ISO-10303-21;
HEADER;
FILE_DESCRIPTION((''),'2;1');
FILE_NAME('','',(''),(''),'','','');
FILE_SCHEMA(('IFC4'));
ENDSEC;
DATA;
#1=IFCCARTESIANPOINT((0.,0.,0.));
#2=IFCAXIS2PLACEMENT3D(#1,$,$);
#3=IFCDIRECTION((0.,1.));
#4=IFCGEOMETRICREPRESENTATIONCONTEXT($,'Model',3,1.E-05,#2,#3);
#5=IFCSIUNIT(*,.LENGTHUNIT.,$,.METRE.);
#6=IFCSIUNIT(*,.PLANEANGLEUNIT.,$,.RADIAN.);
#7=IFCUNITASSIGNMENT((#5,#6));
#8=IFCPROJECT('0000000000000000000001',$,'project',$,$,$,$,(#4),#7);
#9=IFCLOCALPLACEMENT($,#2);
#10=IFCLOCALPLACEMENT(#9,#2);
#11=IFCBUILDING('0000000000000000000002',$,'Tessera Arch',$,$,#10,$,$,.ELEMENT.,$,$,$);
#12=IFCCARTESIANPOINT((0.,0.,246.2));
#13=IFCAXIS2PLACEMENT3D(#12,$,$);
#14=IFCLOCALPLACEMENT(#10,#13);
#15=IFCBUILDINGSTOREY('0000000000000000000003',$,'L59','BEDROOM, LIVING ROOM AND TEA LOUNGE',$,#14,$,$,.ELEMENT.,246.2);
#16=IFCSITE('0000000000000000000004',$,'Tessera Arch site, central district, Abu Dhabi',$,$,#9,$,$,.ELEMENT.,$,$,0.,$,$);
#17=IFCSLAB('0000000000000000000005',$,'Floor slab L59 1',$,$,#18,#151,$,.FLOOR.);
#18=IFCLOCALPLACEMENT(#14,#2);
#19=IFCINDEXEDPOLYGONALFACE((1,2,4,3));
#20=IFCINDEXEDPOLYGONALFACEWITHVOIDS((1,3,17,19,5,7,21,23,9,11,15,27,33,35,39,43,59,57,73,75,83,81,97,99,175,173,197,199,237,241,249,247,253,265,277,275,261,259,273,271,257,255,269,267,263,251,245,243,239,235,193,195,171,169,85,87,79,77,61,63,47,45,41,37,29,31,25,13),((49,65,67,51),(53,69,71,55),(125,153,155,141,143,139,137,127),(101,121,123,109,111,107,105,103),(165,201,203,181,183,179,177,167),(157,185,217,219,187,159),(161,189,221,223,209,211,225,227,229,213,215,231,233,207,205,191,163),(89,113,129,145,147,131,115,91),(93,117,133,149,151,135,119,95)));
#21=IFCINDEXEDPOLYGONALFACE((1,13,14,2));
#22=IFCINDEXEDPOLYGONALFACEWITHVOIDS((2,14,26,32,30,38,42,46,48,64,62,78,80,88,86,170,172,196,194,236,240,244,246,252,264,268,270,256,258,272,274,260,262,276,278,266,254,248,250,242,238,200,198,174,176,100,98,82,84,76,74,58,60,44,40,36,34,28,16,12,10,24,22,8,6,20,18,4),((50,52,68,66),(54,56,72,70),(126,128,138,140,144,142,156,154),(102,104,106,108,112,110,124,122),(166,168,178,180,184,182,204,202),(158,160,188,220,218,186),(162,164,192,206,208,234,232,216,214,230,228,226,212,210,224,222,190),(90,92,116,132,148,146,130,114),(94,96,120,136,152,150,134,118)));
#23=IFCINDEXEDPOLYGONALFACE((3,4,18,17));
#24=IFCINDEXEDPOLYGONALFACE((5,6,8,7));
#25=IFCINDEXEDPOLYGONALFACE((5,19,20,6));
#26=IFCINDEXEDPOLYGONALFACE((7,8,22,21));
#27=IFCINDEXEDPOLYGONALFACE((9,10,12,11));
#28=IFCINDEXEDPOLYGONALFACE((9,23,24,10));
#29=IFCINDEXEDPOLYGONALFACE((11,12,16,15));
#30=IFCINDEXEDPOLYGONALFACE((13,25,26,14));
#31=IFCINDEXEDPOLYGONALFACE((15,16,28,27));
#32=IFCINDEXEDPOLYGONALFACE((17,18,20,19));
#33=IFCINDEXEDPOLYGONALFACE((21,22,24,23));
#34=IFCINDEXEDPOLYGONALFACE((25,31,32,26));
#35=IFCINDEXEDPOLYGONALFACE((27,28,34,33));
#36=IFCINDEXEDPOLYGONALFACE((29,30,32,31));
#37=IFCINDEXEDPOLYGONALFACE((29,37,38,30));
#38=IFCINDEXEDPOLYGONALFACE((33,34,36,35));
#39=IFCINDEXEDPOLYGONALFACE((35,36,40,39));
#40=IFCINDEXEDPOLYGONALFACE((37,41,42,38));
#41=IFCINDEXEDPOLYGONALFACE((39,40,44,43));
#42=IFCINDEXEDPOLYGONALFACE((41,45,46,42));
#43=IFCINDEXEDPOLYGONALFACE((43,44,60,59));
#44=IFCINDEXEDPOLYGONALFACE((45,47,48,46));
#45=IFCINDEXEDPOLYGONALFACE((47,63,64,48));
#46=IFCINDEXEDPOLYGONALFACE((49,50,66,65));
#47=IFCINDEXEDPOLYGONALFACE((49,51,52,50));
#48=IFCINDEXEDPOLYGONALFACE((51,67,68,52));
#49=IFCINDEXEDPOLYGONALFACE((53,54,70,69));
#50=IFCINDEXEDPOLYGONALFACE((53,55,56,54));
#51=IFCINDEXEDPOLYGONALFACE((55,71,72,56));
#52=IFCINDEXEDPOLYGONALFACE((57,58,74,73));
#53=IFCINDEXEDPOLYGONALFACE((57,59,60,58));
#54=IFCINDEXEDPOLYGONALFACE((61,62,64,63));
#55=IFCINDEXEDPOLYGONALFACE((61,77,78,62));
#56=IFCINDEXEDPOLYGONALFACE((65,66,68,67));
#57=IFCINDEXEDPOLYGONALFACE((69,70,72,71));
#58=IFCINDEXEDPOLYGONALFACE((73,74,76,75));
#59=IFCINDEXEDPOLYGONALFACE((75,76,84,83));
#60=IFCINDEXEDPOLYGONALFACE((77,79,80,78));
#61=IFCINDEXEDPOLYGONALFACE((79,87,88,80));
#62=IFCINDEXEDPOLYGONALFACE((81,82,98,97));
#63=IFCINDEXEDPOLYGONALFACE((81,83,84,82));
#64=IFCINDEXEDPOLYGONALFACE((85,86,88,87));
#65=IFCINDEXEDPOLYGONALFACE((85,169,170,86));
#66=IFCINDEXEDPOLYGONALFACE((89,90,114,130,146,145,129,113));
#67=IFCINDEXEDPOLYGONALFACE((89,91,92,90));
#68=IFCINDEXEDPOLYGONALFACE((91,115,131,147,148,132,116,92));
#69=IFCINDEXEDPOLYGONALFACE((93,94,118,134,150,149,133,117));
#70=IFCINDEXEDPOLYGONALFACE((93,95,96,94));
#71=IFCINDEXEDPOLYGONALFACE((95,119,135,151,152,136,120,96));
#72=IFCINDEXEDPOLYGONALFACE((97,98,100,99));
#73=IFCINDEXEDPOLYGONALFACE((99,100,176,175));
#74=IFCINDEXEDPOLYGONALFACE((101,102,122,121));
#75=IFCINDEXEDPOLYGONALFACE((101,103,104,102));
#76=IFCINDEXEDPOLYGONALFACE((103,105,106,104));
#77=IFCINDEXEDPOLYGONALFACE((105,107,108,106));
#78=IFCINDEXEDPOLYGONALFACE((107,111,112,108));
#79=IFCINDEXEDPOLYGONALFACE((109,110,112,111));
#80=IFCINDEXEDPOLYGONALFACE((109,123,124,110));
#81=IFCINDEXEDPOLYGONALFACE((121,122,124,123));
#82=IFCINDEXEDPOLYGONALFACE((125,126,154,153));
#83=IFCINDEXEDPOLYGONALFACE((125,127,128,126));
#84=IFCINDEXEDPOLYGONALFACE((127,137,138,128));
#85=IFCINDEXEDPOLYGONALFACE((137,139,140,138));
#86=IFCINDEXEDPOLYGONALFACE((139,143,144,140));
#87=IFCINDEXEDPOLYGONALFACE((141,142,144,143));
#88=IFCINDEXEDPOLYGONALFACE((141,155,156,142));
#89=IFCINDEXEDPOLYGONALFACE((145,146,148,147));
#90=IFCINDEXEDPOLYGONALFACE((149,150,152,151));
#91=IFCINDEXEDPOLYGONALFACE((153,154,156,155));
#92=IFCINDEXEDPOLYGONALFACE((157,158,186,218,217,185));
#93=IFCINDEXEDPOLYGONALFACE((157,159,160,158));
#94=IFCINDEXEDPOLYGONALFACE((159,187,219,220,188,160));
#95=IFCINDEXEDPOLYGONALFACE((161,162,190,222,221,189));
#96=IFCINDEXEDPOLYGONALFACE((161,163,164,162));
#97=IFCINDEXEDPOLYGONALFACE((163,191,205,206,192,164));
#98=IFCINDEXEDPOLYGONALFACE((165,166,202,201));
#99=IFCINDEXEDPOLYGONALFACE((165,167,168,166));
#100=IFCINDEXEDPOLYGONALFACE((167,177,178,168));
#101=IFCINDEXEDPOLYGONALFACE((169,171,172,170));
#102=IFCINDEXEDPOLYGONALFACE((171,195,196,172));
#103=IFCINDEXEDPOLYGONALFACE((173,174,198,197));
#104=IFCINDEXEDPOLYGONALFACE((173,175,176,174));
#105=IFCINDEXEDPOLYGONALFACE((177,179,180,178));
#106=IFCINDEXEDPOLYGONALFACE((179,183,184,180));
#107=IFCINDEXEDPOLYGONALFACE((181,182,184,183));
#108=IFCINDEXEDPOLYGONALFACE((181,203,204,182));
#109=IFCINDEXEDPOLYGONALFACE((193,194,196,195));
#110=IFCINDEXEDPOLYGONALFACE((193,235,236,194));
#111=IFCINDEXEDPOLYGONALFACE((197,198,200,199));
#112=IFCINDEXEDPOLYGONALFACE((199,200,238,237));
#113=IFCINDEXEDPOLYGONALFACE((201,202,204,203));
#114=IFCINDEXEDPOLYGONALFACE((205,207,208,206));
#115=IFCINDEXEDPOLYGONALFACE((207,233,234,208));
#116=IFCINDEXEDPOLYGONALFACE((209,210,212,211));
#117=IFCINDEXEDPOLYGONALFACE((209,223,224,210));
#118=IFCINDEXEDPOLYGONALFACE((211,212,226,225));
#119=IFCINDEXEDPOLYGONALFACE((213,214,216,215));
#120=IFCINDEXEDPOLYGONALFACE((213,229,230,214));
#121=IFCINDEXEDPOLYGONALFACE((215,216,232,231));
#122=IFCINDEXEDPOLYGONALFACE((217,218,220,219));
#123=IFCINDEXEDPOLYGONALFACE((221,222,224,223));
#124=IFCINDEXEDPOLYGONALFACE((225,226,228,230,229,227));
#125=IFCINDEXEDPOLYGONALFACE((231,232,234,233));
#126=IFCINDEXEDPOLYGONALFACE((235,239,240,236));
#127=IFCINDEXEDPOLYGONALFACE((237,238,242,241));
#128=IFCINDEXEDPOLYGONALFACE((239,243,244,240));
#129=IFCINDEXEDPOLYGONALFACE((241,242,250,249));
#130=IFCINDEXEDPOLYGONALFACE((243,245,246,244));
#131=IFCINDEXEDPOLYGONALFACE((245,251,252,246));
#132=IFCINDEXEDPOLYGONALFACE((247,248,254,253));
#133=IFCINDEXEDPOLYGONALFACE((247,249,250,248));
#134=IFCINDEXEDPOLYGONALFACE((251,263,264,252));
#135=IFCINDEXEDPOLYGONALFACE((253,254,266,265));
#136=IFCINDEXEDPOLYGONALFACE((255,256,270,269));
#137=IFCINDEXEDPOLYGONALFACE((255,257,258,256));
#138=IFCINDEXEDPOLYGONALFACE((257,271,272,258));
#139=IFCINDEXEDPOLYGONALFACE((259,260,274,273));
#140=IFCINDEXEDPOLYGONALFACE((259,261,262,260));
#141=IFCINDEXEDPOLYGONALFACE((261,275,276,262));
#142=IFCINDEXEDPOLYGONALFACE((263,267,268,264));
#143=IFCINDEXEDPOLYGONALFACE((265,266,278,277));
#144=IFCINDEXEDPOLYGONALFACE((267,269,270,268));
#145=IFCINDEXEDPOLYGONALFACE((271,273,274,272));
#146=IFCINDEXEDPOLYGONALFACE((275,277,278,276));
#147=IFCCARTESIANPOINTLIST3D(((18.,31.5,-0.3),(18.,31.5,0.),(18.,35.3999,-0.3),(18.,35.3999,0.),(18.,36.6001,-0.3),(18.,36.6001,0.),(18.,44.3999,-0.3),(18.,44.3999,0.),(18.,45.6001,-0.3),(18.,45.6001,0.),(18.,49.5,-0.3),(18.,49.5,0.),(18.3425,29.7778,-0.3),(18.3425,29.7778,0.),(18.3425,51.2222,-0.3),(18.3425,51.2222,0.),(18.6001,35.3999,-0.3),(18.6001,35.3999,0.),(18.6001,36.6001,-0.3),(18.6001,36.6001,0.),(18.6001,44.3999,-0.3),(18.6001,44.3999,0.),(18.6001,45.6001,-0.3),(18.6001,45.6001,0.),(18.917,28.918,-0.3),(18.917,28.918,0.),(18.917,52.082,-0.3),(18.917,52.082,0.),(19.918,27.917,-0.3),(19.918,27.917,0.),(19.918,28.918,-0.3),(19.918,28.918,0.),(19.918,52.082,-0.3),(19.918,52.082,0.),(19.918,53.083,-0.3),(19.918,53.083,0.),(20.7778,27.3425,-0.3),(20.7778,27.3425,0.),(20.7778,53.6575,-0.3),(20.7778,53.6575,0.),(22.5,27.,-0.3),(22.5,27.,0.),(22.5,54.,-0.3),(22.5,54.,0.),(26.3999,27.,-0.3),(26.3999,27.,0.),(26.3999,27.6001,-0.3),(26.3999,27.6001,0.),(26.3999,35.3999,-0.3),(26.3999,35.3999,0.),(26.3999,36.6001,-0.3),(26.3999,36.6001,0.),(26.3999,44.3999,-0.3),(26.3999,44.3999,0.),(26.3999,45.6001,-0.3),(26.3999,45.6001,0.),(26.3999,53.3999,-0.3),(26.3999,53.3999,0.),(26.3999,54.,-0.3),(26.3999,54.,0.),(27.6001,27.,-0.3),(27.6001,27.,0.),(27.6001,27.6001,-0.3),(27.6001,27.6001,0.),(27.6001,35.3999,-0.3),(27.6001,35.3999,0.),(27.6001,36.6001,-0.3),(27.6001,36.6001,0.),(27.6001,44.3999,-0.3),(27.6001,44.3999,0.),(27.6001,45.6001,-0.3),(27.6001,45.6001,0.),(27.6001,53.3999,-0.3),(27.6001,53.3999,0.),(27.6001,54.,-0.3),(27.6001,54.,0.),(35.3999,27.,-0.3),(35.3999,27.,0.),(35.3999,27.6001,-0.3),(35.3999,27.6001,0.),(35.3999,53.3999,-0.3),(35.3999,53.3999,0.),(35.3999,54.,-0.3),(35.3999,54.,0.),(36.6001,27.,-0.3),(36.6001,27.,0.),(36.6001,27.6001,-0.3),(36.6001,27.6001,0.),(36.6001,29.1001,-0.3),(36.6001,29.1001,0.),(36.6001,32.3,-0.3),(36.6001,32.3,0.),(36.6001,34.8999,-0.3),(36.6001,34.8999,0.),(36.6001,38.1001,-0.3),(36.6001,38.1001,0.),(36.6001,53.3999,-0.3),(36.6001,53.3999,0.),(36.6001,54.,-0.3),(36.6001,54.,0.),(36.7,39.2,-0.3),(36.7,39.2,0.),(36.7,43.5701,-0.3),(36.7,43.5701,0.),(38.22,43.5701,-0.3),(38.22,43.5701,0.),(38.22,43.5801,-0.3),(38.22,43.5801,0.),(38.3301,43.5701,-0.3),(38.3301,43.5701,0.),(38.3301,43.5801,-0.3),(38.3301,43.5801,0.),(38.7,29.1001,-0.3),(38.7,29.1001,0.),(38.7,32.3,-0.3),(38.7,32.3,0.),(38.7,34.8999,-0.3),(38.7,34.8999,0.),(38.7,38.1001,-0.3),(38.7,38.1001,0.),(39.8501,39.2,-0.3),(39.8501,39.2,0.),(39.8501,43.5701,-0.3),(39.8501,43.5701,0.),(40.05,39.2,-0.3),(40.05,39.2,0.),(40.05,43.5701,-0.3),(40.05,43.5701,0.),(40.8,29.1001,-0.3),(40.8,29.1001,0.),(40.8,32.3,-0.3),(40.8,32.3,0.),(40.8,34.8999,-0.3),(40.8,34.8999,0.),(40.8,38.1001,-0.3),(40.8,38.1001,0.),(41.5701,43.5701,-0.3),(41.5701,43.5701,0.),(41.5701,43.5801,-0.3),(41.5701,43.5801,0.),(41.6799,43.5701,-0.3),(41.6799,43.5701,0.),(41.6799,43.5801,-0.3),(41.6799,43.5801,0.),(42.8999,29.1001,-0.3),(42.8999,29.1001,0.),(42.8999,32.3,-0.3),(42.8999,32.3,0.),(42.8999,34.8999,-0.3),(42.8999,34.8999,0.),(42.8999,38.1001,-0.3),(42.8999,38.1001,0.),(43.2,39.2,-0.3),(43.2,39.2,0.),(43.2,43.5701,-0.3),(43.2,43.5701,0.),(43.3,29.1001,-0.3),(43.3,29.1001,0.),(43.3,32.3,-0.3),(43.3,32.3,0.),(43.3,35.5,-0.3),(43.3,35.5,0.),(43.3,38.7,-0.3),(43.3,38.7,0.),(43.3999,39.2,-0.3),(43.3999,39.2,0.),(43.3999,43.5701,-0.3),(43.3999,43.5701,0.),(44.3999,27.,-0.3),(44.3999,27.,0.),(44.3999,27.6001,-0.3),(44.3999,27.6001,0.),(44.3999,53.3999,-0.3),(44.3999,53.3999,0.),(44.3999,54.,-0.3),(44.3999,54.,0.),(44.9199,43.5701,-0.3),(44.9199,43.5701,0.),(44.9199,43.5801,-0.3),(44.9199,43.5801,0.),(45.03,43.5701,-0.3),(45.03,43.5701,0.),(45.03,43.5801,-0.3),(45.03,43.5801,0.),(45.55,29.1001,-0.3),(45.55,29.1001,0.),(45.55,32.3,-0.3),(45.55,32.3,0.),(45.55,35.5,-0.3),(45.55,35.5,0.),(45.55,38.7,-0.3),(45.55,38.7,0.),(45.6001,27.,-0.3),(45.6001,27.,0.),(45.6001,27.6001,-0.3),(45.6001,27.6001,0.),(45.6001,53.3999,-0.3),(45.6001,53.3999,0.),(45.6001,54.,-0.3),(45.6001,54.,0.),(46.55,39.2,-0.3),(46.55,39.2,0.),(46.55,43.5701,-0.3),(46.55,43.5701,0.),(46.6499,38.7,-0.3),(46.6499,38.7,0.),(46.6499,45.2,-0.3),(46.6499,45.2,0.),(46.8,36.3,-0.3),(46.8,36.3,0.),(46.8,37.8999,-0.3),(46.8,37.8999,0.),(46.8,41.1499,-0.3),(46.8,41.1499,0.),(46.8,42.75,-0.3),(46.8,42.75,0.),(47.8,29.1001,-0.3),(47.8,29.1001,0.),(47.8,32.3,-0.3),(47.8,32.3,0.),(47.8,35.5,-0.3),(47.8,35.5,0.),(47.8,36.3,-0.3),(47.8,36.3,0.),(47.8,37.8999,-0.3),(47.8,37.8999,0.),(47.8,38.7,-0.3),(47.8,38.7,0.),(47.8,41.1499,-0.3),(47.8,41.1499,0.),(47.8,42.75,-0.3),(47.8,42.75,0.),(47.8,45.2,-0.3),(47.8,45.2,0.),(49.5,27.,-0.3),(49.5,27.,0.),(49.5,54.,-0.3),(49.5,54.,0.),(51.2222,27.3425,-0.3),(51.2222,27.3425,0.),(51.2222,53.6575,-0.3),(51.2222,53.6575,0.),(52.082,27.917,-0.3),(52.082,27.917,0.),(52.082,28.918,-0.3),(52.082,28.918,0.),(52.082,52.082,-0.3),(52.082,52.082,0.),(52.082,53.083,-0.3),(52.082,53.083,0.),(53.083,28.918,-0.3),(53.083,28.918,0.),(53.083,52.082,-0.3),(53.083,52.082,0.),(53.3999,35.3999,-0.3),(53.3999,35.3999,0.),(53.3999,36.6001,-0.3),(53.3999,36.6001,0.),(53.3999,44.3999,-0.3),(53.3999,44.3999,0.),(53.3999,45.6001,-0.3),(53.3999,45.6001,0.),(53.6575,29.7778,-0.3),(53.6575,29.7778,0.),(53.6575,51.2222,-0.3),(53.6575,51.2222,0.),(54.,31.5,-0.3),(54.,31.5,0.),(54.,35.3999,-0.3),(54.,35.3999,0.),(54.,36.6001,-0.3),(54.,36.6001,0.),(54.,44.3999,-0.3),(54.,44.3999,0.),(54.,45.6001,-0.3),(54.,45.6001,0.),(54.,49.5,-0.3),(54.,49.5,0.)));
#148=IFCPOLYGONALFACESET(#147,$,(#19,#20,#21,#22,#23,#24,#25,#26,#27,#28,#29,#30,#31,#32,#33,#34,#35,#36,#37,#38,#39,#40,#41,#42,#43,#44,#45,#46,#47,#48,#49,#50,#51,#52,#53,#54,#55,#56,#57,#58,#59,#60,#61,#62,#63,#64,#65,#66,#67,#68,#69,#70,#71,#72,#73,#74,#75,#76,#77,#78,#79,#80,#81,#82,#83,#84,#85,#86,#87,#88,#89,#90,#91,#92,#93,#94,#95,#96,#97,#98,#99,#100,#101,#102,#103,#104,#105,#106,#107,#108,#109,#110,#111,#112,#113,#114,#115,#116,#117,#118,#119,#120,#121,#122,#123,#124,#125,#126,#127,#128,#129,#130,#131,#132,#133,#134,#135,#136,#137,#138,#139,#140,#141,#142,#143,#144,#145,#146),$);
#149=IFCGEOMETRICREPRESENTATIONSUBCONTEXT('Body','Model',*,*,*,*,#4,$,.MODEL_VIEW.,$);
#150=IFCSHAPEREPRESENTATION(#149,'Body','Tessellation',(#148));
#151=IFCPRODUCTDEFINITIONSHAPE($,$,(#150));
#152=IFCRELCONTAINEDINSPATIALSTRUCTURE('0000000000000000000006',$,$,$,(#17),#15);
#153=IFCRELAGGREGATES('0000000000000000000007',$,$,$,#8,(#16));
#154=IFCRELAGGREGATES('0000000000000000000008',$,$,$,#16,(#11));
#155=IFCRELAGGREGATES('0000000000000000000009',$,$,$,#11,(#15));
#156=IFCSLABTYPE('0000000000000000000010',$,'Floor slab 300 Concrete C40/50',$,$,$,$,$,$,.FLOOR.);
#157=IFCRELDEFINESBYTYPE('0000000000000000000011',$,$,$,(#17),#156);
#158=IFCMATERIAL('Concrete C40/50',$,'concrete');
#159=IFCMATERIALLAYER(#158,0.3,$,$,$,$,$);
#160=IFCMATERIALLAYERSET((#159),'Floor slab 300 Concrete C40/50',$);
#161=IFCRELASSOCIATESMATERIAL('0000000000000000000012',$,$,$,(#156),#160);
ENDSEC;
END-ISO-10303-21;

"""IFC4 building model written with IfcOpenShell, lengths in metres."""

from ifc_helpers import new_model, si_unit, direction, frame, origin, place, context, subcontext, project, spatial, polyline, outline, extrude, material, layer, layer_set, type_object, element, save


model = new_model("IFC4")

# Units and contexts
model_context = context("Model", 3, precision=1e-05, world=origin(), true_north=direction((0.0, 1.0)))
body_context = subcontext(model_context, "Body", "Model", "MODEL_VIEW")
ifc_project = project(units=[si_unit("LENGTHUNIT", "METRE"), si_unit("PLANEANGLEUNIT", "RADIAN")], contexts=[model_context])

# Site, building, storey
site_placement = place(None, origin())
site = spatial("IfcSite", under=ifc_project, at=site_placement, Name="Tessera Arch site, central district, Abu Dhabi", CompositionType="ELEMENT", RefElevation=0.0)
building_placement = place(site_placement, origin())
building = spatial("IfcBuilding", under=site, at=building_placement, Name="Tessera Arch", CompositionType="ELEMENT")
storey_placement = place(building_placement, frame((0.0, 0.0, 246.2)))
storey = spatial("IfcBuildingStorey", under=building, at=storey_placement, Name="L59", Description="BEDROOM, LIVING ROOM AND TEA LOUNGE", CompositionType="ELEMENT", Elevation=246.2)

# Slab
ifc_material_1 = material(Name="Concrete C40/50", Category="concrete")
ifc_layer_1 = layer(ifc_material_1, 0.3)
ifc_layer_set_1 = layer_set([ifc_layer_1], Name="Floor slab 300 Concrete C40/50")
slab_type = type_object("IfcSlabType", Name="Floor slab 300 Concrete C40/50", PredefinedType="FLOOR", material=ifc_layer_set_1)
slab_placement = place(storey_placement, frame((0.0, 0.0, -0.3)))
element("IfcSlab", 1, at=slab_placement, inside=storey, type_object=slab_type, Name="Floor slab L59 1", PredefinedType="FLOOR", context=body_context, shape_type="SweptSolid", body=[
    extrude(outline(polyline([(54.0, 31.5), (53.6575, 29.7778), (53.083, 28.918), (52.082, 28.918), (52.082, 27.917), (51.2222, 27.3425), (49.5, 27.0), (45.6001, 27.0), (45.6001, 27.6001), (44.3999, 27.6001), (44.3999, 27.0), (36.6001, 27.0), (36.6001, 27.6001), (35.3999, 27.6001), (35.3999, 27.0), (27.6001, 27.0), (27.6001, 27.6001), (26.3999, 27.6001), (26.3999, 27.0), (22.5, 27.0), (20.7778, 27.3425), (19.918, 27.917), (19.918, 28.918), (18.917, 28.918), (18.3425, 29.7778), (18.0, 31.5), (18.0, 35.3999), (18.6001, 35.3999), (18.6001, 36.6001), (18.0, 36.6001), (18.0, 44.3999), (18.6001, 44.3999), (18.6001, 45.6001), (18.0, 45.6001), (18.0, 49.5), (18.3425, 51.2222), (18.917, 52.082), (19.918, 52.082), (19.918, 53.083), (20.7778, 53.6575), (22.5, 54.0), (26.3999, 54.0), (26.3999, 53.3999), (27.6001, 53.3999), (27.6001, 54.0), (35.3999, 54.0), (35.3999, 53.3999), (36.6001, 53.3999), (36.6001, 54.0), (44.3999, 54.0), (44.3999, 53.3999), (45.6001, 53.3999), (45.6001, 54.0), (49.5, 54.0), (51.2222, 53.6575), (52.082, 53.083), (52.082, 52.082), (53.083, 52.082), (53.6575, 51.2222), (54.0, 49.5), (54.0, 45.6001), (53.3999, 45.6001), (53.3999, 44.3999), (54.0, 44.3999), (54.0, 36.6001), (53.3999, 36.6001), (53.3999, 35.3999), (54.0, 35.3999), (54.0, 31.5)]), holes=[polyline([(40.8, 29.1001), (42.8999, 29.1001), (42.8999, 32.3), (40.8, 32.3), (38.7, 32.3), (36.6001, 32.3), (36.6001, 29.1001), (38.7, 29.1001), (40.8, 29.1001)]), polyline([(27.6001, 35.3999), (27.6001, 36.6001), (26.3999, 36.6001), (26.3999, 35.3999), (27.6001, 35.3999)]), polyline([(40.8, 34.8999), (42.8999, 34.8999), (42.8999, 38.1001), (40.8, 38.1001), (38.7, 38.1001), (36.6001, 38.1001), (36.6001, 34.8999), (38.7, 34.8999), (40.8, 34.8999)]), polyline([(38.22, 43.5801), (38.22, 43.5701), (36.7, 43.5701), (36.7, 39.2), (39.8501, 39.2), (39.8501, 43.5701), (38.3301, 43.5701), (38.3301, 43.5801), (38.22, 43.5801)]), polyline([(27.6001, 44.3999), (27.6001, 45.6001), (26.3999, 45.6001), (26.3999, 44.3999), (27.6001, 44.3999)]), polyline([(47.8, 32.3), (45.55, 32.3), (43.3, 32.3), (43.3, 29.1001), (45.55, 29.1001), (47.8, 29.1001), (47.8, 32.3)]), polyline([(46.6499, 38.7), (45.55, 38.7), (43.3, 38.7), (43.3, 35.5), (45.55, 35.5), (47.8, 35.5), (47.8, 36.3), (46.8, 36.3), (46.8, 37.8999), (47.8, 37.8999), (47.8, 38.7), (47.8, 41.1499), (46.8, 41.1499), (46.8, 42.75), (47.8, 42.75), (47.8, 45.2), (46.6499, 45.2), (46.6499, 38.7)]), polyline([(41.5701, 43.5801), (41.5701, 43.5701), (40.05, 43.5701), (40.05, 39.2), (43.2, 39.2), (43.2, 43.5701), (41.6799, 43.5701), (41.6799, 43.5801), (41.5701, 43.5801)]), polyline([(44.9199, 43.5801), (44.9199, 43.5701), (43.3999, 43.5701), (43.3999, 39.2), (46.55, 39.2), (46.55, 43.5701), (45.03, 43.5701), (45.03, 43.5801), (44.9199, 43.5801)])]), origin(), (0.0, 0.0, 1.0), 0.3),
])

save(model, "model.ifc")
